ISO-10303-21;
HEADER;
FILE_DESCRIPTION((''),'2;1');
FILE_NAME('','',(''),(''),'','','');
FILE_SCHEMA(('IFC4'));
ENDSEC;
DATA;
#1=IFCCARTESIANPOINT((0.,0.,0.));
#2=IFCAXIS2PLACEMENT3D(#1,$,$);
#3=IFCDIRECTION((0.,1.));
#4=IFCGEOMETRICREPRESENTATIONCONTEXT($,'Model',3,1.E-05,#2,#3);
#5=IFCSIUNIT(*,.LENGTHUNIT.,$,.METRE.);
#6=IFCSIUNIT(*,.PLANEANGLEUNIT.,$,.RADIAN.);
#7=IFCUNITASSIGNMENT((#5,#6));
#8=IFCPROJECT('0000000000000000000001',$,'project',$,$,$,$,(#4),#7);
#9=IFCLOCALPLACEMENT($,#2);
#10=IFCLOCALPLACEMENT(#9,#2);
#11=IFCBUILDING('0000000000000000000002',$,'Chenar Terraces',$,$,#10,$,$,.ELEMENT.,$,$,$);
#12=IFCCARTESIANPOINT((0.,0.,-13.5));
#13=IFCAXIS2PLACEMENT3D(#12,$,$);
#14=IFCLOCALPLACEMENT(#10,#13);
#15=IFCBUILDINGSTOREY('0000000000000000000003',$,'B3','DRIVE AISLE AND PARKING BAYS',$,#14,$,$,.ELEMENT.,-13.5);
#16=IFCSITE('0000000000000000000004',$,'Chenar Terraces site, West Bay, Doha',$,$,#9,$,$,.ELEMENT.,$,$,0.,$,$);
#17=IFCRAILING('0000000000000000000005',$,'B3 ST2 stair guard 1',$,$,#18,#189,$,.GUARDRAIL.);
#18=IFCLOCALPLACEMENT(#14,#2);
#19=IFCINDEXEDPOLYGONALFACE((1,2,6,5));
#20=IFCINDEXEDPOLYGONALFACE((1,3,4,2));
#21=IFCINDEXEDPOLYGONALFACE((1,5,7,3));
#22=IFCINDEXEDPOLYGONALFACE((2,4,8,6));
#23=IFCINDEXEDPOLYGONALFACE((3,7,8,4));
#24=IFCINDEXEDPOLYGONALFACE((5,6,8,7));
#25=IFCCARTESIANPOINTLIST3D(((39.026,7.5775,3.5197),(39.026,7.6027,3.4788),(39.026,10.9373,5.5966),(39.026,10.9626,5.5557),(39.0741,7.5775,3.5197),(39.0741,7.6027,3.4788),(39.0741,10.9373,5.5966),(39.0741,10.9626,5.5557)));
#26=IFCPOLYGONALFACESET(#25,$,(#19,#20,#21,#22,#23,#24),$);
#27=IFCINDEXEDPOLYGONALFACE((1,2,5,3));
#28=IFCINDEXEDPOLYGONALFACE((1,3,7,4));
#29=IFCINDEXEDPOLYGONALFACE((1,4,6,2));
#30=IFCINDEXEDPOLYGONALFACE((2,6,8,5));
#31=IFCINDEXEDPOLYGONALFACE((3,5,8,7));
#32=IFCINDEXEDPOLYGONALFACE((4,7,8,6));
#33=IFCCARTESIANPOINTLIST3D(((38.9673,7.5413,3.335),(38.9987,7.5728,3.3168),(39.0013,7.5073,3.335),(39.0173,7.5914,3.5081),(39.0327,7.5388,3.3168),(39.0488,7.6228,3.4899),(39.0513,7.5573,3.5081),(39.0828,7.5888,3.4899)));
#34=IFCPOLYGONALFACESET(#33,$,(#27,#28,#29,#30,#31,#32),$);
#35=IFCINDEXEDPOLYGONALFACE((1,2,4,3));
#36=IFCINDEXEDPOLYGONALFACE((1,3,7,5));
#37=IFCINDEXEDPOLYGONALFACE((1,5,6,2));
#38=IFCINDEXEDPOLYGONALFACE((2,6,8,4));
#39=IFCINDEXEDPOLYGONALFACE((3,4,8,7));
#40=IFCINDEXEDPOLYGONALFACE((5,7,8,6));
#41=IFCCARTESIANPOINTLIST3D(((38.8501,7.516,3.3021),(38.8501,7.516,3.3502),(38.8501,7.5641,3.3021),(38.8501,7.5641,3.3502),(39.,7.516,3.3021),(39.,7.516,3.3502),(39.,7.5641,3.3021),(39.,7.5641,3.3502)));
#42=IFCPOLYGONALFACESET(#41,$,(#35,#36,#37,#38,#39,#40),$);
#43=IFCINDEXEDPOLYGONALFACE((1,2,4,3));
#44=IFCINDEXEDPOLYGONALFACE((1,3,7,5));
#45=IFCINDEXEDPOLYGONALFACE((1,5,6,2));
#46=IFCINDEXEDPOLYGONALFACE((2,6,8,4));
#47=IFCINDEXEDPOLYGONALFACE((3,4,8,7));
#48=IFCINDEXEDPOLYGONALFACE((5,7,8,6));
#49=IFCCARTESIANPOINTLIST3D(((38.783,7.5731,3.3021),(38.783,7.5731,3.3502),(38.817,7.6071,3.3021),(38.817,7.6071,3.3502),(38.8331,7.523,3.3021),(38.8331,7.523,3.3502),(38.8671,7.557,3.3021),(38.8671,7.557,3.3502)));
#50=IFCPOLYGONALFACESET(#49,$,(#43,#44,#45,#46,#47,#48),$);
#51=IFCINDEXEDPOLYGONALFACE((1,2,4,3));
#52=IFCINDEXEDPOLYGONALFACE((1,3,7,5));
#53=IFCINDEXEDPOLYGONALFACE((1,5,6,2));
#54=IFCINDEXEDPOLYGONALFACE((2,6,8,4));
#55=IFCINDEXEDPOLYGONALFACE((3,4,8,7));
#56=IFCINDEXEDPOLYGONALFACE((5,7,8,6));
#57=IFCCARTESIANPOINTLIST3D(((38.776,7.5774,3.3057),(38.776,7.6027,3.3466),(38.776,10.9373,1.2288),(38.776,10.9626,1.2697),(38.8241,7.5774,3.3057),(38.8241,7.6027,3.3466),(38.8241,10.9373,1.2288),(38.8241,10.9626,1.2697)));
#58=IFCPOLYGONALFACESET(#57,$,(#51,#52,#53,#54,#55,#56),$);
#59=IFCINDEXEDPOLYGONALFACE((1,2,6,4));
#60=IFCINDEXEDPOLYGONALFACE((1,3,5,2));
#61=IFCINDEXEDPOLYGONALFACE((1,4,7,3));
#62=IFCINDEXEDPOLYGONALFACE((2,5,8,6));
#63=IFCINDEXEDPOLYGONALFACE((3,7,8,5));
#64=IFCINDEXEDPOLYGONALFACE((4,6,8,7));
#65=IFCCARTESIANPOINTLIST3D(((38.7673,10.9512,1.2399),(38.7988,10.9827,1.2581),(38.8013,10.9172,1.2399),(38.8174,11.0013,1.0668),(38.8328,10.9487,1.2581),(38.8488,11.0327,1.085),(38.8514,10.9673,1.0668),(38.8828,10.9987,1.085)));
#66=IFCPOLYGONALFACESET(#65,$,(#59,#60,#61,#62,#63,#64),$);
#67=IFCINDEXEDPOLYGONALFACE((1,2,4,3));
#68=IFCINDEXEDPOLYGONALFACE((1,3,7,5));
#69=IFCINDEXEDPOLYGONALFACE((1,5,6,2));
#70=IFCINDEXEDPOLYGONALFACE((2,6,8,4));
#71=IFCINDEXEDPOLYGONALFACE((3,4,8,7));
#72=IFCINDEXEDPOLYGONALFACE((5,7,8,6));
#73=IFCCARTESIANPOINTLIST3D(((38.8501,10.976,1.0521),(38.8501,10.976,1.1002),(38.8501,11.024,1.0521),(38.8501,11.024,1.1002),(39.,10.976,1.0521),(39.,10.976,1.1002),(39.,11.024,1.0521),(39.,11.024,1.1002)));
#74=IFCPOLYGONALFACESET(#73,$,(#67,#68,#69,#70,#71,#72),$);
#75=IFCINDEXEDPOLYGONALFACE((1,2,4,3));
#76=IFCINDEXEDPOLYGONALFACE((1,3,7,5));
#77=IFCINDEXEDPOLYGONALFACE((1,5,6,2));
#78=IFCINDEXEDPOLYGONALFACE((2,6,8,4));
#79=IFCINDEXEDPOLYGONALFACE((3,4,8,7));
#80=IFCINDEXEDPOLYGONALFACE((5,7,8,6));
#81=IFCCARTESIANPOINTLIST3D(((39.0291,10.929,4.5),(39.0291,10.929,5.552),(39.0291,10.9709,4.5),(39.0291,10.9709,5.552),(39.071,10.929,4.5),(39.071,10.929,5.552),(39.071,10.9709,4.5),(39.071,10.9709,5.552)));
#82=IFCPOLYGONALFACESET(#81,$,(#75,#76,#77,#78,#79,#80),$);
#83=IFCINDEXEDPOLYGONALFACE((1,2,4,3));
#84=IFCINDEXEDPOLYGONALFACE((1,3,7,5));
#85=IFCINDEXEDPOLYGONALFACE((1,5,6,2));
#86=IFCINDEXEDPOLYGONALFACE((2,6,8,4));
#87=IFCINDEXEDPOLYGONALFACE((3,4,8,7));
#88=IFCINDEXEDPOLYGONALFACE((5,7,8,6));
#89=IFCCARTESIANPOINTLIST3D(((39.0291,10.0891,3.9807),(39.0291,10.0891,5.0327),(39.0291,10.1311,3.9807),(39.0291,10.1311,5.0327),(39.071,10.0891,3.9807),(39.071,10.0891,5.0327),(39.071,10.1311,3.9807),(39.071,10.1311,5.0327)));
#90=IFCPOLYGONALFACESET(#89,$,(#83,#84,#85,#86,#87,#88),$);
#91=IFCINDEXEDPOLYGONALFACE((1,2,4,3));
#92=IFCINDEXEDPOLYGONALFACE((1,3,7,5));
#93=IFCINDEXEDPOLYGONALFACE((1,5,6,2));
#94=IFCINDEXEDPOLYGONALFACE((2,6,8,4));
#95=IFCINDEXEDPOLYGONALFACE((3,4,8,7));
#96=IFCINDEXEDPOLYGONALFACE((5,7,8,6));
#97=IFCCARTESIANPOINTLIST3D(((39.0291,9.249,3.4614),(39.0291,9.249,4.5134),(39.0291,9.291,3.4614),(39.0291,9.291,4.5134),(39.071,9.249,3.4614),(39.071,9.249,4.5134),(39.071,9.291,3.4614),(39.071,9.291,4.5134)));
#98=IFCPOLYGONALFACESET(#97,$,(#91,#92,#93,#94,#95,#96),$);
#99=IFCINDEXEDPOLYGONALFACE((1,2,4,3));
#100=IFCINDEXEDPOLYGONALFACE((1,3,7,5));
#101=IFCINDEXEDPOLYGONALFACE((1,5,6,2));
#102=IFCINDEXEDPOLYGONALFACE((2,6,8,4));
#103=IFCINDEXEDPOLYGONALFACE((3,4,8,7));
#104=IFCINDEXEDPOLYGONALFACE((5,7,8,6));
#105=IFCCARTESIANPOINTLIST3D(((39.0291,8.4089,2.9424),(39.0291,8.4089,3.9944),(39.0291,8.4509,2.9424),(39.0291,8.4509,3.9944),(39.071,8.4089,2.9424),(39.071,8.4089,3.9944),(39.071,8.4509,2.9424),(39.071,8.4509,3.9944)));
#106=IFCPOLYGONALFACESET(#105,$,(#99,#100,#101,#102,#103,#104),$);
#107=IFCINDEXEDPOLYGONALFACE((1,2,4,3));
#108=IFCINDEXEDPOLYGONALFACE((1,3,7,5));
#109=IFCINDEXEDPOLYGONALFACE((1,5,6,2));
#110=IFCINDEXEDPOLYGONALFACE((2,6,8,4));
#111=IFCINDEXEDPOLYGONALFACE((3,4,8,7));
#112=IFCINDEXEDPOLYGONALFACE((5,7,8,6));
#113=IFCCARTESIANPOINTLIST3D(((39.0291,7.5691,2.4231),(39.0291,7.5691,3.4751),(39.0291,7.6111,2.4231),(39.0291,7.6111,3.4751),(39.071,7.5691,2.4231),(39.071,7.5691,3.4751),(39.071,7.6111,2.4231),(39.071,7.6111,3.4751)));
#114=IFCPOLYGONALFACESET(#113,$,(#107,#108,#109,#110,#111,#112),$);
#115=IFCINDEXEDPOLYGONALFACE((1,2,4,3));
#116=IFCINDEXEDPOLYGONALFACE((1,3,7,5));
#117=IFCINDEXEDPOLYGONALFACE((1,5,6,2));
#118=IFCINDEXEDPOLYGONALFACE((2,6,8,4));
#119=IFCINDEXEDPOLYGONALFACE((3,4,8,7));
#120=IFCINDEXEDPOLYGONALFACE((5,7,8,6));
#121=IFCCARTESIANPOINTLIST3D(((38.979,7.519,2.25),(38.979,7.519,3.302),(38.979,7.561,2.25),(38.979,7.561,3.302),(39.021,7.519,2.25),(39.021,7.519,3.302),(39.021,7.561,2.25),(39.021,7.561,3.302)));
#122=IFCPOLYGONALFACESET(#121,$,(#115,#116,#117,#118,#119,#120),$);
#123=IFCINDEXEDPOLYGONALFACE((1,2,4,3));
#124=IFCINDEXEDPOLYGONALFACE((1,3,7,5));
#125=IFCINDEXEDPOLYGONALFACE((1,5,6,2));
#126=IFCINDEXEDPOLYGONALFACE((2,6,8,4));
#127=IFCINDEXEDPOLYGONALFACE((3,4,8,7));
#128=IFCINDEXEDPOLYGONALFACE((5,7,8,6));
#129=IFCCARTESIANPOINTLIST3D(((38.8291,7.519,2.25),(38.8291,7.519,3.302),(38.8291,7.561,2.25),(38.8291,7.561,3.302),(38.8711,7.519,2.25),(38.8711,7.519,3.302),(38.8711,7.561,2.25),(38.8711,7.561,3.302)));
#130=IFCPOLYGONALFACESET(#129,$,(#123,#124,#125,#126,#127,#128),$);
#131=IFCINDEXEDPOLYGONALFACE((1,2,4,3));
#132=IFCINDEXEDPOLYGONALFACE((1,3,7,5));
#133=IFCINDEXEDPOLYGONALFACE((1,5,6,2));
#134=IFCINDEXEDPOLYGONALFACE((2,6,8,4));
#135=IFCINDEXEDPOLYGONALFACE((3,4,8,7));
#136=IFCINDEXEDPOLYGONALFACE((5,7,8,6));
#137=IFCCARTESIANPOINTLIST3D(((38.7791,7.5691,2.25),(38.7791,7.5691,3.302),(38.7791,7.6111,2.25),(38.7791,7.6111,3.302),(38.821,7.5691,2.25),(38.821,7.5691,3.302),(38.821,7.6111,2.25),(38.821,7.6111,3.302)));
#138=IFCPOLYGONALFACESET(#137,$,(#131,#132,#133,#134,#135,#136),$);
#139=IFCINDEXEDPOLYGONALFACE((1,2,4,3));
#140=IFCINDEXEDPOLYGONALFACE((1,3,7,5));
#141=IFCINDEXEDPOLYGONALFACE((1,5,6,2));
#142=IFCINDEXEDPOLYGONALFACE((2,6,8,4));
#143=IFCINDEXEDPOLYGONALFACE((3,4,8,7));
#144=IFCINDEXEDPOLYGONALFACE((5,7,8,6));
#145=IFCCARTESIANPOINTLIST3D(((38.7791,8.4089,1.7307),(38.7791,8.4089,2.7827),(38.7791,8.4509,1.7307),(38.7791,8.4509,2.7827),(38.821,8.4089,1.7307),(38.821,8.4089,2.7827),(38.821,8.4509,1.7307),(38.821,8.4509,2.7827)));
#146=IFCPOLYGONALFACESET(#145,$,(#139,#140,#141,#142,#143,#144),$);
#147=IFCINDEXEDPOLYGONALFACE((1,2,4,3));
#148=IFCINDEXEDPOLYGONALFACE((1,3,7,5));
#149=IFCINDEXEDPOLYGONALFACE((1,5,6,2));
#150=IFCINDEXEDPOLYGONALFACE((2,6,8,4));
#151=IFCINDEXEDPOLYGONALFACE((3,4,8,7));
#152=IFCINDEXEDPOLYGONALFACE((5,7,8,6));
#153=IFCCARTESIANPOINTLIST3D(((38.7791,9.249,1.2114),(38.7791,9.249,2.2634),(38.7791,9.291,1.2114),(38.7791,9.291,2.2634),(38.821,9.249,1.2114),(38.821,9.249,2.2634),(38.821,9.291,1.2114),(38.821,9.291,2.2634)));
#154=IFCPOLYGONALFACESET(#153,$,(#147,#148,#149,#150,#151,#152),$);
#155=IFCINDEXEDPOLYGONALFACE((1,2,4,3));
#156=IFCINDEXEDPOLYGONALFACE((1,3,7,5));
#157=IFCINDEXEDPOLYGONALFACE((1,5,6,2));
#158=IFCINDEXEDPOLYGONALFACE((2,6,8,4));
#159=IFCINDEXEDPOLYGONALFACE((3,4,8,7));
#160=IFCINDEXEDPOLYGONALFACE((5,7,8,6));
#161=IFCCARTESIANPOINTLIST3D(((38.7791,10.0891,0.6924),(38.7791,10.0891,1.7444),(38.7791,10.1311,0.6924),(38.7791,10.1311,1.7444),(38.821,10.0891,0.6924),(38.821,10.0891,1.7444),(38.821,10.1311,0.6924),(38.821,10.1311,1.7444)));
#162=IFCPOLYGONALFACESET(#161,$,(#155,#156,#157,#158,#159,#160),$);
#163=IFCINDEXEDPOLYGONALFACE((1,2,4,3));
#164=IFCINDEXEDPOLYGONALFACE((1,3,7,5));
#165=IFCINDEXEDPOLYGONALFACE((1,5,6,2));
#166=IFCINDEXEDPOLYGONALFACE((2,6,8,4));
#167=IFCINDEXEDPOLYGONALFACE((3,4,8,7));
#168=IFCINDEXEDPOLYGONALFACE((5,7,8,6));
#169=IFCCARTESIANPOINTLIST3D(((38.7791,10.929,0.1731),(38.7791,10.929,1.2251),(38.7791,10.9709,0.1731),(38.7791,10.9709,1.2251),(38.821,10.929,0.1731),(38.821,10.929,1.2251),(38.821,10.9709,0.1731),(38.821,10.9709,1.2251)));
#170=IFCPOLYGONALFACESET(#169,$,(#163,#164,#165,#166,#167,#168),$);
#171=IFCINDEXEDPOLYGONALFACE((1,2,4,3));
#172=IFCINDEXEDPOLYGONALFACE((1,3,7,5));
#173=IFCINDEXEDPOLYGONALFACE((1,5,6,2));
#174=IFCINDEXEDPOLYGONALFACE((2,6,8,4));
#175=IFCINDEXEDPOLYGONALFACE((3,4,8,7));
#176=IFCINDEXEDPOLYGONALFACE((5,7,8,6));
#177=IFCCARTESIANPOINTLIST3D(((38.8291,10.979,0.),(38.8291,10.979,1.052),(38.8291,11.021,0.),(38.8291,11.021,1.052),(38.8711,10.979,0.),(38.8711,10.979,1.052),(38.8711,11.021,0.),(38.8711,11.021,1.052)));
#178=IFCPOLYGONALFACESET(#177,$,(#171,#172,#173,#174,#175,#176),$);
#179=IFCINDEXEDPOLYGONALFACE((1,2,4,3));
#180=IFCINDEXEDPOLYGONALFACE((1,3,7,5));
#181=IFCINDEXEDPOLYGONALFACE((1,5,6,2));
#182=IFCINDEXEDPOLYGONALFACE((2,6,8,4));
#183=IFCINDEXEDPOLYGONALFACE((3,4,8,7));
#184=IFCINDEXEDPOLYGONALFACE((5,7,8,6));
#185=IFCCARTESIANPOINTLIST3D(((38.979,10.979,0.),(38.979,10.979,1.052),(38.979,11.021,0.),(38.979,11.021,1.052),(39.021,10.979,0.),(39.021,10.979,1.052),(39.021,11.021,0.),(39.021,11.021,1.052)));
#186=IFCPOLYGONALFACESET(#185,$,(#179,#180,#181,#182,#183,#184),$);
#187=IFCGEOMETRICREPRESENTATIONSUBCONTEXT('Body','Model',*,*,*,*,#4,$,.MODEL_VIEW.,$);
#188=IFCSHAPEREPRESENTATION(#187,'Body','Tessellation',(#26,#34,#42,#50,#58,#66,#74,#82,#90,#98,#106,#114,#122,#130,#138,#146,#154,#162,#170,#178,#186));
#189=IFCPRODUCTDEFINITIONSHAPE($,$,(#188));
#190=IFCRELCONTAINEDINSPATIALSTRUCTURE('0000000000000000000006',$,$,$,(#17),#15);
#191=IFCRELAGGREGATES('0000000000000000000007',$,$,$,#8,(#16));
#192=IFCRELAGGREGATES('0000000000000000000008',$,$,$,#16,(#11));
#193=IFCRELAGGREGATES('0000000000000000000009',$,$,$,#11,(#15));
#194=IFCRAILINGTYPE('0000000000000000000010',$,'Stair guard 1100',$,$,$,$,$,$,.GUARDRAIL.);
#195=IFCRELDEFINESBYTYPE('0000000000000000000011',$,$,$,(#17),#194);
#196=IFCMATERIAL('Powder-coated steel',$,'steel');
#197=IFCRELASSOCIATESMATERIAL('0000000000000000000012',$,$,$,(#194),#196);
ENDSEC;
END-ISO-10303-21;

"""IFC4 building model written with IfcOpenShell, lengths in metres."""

from ifc_helpers import new_model, si_unit, direction, frame, origin, origin_2d, place, context, subcontext, project, spatial, rectangle, extrude, material, type_object, element, save


model = new_model("IFC4")

# Units and contexts
model_context = context("Model", 3, precision=1e-05, world=origin(), true_north=direction((0.0, 1.0)))
body_context = subcontext(model_context, "Body", "Model", "MODEL_VIEW")
ifc_project = project(units=[si_unit("LENGTHUNIT", "METRE"), si_unit("PLANEANGLEUNIT", "RADIAN")], contexts=[model_context])

# Site, building, storey
site_placement = place(None, origin())
site = spatial("IfcSite", under=ifc_project, at=site_placement, Name="Chenar Terraces site, West Bay, Doha", CompositionType="ELEMENT", RefElevation=0.0)
building_placement = place(site_placement, origin())
building = spatial("IfcBuilding", under=site, at=building_placement, Name="Chenar Terraces", CompositionType="ELEMENT")
storey_placement = place(building_placement, frame((0.0, 0.0, -13.5)))
storey = spatial("IfcBuildingStorey", under=building, at=storey_placement, Name="B3", Description="DRIVE AISLE AND PARKING BAYS", CompositionType="ELEMENT", Elevation=-13.5)

# Railing
ifc_material_1 = material(Name="Powder-coated steel", Category="steel")
railing_type_1 = type_object("IfcRailingType", Name="Stair guard 1100", PredefinedType="GUARDRAIL", material=ifc_material_1)
railing_1_placement = place(storey_placement, frame((39.05, 10.95, 4.5)))
element("IfcRailing", 1, at=railing_1_placement, inside=storey, type_object=railing_type_1, Name="B3 ST2 stair guard 1", PredefinedType="GUARDRAIL", context=body_context, shape_type="SweptSolid", body=[
    extrude(rectangle(XDim=0.0481, YDim=0.0481, at=origin_2d()), frame((0.0, 0.0, 1.0762), z_axis=(0.0, -0.850606, -0.525803), x_axis=(1.0, 0.0, 0.0)), (0.0, 0.0, 1.0), 3.95),
    extrude(rectangle(XDim=0.0481, YDim=0.0481, at=origin_2d()), frame((0.0, -3.3599, -1.001), z_axis=(-0.26763, -0.26763, -0.925607), x_axis=(0.707107, -0.707107, 0.0)), (0.0, 0.0, 1.0), 0.187),
    extrude(rectangle(XDim=0.0481, YDim=0.0481, at=origin_2d()), frame((-0.05, -3.4099, -1.1738), z_axis=(-1.0, 0.0, 0.0), x_axis=(0.0, -1.0, 0.0)), (0.0, 0.0, 1.0), 0.1499),
    extrude(rectangle(XDim=0.0481, YDim=0.0481, at=origin_2d()), frame((-0.2, -3.4099, -1.1738), z_axis=(-0.707107, 0.707107, 0.0), x_axis=(-0.707107, -0.707107, 0.0)), (0.0, 0.0, 1.0), 0.0708),
    extrude(rectangle(XDim=0.0481, YDim=0.0481, at=origin_2d()), frame((-0.25, -3.3599, -1.1738), z_axis=(0.0, 0.850606, -0.525803), x_axis=(-1.0, 0.0, 0.0)), (0.0, 0.0, 1.0), 3.95),
    extrude(rectangle(XDim=0.0481, YDim=0.0481, at=origin_2d()), frame((-0.25, 0.0, -3.251), z_axis=(0.26763, 0.26763, -0.925607), x_axis=(-0.707107, 0.707107, 0.0)), (0.0, 0.0, 1.0), 0.187),
    extrude(rectangle(XDim=0.0481, YDim=0.0481, at=origin_2d()), frame((-0.2, 0.05, -3.4238), z_axis=(1.0, 0.0, 0.0), x_axis=(0.0, 1.0, 0.0)), (0.0, 0.0, 1.0), 0.1499),
    extrude(rectangle(XDim=0.042, YDim=0.042, at=origin_2d()), origin(), (0.0, 0.0, 1.0), 1.052),
    extrude(rectangle(XDim=0.042, YDim=0.042, at=origin_2d()), frame((0.0, -0.8398, -0.5193)), (0.0, 0.0, 1.0), 1.052),
    extrude(rectangle(XDim=0.042, YDim=0.042, at=origin_2d()), frame((0.0, -1.6799, -1.0386)), (0.0, 0.0, 1.0), 1.052),
    extrude(rectangle(XDim=0.042, YDim=0.042, at=origin_2d()), frame((0.0, -2.52, -1.5576)), (0.0, 0.0, 1.0), 1.052),
    extrude(rectangle(XDim=0.042, YDim=0.042, at=origin_2d()), frame((0.0, -3.3599, -2.0769)), (0.0, 0.0, 1.0), 1.052),
    extrude(rectangle(XDim=0.042, YDim=0.042, at=origin_2d()), frame((-0.05, -3.4099, -2.25)), (0.0, 0.0, 1.0), 1.052),
    extrude(rectangle(XDim=0.042, YDim=0.042, at=origin_2d()), frame((-0.2, -3.4099, -2.25)), (0.0, 0.0, 1.0), 1.052),
    extrude(rectangle(XDim=0.042, YDim=0.042, at=origin_2d()), frame((-0.25, -3.3599, -2.25)), (0.0, 0.0, 1.0), 1.052),
    extrude(rectangle(XDim=0.042, YDim=0.042, at=origin_2d()), frame((-0.25, -2.52, -2.7693)), (0.0, 0.0, 1.0), 1.052),
    extrude(rectangle(XDim=0.042, YDim=0.042, at=origin_2d()), frame((-0.25, -1.6799, -3.2886)), (0.0, 0.0, 1.0), 1.052),
    extrude(rectangle(XDim=0.042, YDim=0.042, at=origin_2d()), frame((-0.25, -0.8398, -3.8076)), (0.0, 0.0, 1.0), 1.052),
    extrude(rectangle(XDim=0.042, YDim=0.042, at=origin_2d()), frame((-0.25, 0.0, -4.3269)), (0.0, 0.0, 1.0), 1.052),
    extrude(rectangle(XDim=0.042, YDim=0.042, at=origin_2d()), frame((-0.2, 0.05, -4.5)), (0.0, 0.0, 1.0), 1.052),
    extrude(rectangle(XDim=0.042, YDim=0.042, at=origin_2d()), frame((-0.05, 0.05, -4.5)), (0.0, 0.0, 1.0), 1.052),
])

save(model, "model.ifc")
